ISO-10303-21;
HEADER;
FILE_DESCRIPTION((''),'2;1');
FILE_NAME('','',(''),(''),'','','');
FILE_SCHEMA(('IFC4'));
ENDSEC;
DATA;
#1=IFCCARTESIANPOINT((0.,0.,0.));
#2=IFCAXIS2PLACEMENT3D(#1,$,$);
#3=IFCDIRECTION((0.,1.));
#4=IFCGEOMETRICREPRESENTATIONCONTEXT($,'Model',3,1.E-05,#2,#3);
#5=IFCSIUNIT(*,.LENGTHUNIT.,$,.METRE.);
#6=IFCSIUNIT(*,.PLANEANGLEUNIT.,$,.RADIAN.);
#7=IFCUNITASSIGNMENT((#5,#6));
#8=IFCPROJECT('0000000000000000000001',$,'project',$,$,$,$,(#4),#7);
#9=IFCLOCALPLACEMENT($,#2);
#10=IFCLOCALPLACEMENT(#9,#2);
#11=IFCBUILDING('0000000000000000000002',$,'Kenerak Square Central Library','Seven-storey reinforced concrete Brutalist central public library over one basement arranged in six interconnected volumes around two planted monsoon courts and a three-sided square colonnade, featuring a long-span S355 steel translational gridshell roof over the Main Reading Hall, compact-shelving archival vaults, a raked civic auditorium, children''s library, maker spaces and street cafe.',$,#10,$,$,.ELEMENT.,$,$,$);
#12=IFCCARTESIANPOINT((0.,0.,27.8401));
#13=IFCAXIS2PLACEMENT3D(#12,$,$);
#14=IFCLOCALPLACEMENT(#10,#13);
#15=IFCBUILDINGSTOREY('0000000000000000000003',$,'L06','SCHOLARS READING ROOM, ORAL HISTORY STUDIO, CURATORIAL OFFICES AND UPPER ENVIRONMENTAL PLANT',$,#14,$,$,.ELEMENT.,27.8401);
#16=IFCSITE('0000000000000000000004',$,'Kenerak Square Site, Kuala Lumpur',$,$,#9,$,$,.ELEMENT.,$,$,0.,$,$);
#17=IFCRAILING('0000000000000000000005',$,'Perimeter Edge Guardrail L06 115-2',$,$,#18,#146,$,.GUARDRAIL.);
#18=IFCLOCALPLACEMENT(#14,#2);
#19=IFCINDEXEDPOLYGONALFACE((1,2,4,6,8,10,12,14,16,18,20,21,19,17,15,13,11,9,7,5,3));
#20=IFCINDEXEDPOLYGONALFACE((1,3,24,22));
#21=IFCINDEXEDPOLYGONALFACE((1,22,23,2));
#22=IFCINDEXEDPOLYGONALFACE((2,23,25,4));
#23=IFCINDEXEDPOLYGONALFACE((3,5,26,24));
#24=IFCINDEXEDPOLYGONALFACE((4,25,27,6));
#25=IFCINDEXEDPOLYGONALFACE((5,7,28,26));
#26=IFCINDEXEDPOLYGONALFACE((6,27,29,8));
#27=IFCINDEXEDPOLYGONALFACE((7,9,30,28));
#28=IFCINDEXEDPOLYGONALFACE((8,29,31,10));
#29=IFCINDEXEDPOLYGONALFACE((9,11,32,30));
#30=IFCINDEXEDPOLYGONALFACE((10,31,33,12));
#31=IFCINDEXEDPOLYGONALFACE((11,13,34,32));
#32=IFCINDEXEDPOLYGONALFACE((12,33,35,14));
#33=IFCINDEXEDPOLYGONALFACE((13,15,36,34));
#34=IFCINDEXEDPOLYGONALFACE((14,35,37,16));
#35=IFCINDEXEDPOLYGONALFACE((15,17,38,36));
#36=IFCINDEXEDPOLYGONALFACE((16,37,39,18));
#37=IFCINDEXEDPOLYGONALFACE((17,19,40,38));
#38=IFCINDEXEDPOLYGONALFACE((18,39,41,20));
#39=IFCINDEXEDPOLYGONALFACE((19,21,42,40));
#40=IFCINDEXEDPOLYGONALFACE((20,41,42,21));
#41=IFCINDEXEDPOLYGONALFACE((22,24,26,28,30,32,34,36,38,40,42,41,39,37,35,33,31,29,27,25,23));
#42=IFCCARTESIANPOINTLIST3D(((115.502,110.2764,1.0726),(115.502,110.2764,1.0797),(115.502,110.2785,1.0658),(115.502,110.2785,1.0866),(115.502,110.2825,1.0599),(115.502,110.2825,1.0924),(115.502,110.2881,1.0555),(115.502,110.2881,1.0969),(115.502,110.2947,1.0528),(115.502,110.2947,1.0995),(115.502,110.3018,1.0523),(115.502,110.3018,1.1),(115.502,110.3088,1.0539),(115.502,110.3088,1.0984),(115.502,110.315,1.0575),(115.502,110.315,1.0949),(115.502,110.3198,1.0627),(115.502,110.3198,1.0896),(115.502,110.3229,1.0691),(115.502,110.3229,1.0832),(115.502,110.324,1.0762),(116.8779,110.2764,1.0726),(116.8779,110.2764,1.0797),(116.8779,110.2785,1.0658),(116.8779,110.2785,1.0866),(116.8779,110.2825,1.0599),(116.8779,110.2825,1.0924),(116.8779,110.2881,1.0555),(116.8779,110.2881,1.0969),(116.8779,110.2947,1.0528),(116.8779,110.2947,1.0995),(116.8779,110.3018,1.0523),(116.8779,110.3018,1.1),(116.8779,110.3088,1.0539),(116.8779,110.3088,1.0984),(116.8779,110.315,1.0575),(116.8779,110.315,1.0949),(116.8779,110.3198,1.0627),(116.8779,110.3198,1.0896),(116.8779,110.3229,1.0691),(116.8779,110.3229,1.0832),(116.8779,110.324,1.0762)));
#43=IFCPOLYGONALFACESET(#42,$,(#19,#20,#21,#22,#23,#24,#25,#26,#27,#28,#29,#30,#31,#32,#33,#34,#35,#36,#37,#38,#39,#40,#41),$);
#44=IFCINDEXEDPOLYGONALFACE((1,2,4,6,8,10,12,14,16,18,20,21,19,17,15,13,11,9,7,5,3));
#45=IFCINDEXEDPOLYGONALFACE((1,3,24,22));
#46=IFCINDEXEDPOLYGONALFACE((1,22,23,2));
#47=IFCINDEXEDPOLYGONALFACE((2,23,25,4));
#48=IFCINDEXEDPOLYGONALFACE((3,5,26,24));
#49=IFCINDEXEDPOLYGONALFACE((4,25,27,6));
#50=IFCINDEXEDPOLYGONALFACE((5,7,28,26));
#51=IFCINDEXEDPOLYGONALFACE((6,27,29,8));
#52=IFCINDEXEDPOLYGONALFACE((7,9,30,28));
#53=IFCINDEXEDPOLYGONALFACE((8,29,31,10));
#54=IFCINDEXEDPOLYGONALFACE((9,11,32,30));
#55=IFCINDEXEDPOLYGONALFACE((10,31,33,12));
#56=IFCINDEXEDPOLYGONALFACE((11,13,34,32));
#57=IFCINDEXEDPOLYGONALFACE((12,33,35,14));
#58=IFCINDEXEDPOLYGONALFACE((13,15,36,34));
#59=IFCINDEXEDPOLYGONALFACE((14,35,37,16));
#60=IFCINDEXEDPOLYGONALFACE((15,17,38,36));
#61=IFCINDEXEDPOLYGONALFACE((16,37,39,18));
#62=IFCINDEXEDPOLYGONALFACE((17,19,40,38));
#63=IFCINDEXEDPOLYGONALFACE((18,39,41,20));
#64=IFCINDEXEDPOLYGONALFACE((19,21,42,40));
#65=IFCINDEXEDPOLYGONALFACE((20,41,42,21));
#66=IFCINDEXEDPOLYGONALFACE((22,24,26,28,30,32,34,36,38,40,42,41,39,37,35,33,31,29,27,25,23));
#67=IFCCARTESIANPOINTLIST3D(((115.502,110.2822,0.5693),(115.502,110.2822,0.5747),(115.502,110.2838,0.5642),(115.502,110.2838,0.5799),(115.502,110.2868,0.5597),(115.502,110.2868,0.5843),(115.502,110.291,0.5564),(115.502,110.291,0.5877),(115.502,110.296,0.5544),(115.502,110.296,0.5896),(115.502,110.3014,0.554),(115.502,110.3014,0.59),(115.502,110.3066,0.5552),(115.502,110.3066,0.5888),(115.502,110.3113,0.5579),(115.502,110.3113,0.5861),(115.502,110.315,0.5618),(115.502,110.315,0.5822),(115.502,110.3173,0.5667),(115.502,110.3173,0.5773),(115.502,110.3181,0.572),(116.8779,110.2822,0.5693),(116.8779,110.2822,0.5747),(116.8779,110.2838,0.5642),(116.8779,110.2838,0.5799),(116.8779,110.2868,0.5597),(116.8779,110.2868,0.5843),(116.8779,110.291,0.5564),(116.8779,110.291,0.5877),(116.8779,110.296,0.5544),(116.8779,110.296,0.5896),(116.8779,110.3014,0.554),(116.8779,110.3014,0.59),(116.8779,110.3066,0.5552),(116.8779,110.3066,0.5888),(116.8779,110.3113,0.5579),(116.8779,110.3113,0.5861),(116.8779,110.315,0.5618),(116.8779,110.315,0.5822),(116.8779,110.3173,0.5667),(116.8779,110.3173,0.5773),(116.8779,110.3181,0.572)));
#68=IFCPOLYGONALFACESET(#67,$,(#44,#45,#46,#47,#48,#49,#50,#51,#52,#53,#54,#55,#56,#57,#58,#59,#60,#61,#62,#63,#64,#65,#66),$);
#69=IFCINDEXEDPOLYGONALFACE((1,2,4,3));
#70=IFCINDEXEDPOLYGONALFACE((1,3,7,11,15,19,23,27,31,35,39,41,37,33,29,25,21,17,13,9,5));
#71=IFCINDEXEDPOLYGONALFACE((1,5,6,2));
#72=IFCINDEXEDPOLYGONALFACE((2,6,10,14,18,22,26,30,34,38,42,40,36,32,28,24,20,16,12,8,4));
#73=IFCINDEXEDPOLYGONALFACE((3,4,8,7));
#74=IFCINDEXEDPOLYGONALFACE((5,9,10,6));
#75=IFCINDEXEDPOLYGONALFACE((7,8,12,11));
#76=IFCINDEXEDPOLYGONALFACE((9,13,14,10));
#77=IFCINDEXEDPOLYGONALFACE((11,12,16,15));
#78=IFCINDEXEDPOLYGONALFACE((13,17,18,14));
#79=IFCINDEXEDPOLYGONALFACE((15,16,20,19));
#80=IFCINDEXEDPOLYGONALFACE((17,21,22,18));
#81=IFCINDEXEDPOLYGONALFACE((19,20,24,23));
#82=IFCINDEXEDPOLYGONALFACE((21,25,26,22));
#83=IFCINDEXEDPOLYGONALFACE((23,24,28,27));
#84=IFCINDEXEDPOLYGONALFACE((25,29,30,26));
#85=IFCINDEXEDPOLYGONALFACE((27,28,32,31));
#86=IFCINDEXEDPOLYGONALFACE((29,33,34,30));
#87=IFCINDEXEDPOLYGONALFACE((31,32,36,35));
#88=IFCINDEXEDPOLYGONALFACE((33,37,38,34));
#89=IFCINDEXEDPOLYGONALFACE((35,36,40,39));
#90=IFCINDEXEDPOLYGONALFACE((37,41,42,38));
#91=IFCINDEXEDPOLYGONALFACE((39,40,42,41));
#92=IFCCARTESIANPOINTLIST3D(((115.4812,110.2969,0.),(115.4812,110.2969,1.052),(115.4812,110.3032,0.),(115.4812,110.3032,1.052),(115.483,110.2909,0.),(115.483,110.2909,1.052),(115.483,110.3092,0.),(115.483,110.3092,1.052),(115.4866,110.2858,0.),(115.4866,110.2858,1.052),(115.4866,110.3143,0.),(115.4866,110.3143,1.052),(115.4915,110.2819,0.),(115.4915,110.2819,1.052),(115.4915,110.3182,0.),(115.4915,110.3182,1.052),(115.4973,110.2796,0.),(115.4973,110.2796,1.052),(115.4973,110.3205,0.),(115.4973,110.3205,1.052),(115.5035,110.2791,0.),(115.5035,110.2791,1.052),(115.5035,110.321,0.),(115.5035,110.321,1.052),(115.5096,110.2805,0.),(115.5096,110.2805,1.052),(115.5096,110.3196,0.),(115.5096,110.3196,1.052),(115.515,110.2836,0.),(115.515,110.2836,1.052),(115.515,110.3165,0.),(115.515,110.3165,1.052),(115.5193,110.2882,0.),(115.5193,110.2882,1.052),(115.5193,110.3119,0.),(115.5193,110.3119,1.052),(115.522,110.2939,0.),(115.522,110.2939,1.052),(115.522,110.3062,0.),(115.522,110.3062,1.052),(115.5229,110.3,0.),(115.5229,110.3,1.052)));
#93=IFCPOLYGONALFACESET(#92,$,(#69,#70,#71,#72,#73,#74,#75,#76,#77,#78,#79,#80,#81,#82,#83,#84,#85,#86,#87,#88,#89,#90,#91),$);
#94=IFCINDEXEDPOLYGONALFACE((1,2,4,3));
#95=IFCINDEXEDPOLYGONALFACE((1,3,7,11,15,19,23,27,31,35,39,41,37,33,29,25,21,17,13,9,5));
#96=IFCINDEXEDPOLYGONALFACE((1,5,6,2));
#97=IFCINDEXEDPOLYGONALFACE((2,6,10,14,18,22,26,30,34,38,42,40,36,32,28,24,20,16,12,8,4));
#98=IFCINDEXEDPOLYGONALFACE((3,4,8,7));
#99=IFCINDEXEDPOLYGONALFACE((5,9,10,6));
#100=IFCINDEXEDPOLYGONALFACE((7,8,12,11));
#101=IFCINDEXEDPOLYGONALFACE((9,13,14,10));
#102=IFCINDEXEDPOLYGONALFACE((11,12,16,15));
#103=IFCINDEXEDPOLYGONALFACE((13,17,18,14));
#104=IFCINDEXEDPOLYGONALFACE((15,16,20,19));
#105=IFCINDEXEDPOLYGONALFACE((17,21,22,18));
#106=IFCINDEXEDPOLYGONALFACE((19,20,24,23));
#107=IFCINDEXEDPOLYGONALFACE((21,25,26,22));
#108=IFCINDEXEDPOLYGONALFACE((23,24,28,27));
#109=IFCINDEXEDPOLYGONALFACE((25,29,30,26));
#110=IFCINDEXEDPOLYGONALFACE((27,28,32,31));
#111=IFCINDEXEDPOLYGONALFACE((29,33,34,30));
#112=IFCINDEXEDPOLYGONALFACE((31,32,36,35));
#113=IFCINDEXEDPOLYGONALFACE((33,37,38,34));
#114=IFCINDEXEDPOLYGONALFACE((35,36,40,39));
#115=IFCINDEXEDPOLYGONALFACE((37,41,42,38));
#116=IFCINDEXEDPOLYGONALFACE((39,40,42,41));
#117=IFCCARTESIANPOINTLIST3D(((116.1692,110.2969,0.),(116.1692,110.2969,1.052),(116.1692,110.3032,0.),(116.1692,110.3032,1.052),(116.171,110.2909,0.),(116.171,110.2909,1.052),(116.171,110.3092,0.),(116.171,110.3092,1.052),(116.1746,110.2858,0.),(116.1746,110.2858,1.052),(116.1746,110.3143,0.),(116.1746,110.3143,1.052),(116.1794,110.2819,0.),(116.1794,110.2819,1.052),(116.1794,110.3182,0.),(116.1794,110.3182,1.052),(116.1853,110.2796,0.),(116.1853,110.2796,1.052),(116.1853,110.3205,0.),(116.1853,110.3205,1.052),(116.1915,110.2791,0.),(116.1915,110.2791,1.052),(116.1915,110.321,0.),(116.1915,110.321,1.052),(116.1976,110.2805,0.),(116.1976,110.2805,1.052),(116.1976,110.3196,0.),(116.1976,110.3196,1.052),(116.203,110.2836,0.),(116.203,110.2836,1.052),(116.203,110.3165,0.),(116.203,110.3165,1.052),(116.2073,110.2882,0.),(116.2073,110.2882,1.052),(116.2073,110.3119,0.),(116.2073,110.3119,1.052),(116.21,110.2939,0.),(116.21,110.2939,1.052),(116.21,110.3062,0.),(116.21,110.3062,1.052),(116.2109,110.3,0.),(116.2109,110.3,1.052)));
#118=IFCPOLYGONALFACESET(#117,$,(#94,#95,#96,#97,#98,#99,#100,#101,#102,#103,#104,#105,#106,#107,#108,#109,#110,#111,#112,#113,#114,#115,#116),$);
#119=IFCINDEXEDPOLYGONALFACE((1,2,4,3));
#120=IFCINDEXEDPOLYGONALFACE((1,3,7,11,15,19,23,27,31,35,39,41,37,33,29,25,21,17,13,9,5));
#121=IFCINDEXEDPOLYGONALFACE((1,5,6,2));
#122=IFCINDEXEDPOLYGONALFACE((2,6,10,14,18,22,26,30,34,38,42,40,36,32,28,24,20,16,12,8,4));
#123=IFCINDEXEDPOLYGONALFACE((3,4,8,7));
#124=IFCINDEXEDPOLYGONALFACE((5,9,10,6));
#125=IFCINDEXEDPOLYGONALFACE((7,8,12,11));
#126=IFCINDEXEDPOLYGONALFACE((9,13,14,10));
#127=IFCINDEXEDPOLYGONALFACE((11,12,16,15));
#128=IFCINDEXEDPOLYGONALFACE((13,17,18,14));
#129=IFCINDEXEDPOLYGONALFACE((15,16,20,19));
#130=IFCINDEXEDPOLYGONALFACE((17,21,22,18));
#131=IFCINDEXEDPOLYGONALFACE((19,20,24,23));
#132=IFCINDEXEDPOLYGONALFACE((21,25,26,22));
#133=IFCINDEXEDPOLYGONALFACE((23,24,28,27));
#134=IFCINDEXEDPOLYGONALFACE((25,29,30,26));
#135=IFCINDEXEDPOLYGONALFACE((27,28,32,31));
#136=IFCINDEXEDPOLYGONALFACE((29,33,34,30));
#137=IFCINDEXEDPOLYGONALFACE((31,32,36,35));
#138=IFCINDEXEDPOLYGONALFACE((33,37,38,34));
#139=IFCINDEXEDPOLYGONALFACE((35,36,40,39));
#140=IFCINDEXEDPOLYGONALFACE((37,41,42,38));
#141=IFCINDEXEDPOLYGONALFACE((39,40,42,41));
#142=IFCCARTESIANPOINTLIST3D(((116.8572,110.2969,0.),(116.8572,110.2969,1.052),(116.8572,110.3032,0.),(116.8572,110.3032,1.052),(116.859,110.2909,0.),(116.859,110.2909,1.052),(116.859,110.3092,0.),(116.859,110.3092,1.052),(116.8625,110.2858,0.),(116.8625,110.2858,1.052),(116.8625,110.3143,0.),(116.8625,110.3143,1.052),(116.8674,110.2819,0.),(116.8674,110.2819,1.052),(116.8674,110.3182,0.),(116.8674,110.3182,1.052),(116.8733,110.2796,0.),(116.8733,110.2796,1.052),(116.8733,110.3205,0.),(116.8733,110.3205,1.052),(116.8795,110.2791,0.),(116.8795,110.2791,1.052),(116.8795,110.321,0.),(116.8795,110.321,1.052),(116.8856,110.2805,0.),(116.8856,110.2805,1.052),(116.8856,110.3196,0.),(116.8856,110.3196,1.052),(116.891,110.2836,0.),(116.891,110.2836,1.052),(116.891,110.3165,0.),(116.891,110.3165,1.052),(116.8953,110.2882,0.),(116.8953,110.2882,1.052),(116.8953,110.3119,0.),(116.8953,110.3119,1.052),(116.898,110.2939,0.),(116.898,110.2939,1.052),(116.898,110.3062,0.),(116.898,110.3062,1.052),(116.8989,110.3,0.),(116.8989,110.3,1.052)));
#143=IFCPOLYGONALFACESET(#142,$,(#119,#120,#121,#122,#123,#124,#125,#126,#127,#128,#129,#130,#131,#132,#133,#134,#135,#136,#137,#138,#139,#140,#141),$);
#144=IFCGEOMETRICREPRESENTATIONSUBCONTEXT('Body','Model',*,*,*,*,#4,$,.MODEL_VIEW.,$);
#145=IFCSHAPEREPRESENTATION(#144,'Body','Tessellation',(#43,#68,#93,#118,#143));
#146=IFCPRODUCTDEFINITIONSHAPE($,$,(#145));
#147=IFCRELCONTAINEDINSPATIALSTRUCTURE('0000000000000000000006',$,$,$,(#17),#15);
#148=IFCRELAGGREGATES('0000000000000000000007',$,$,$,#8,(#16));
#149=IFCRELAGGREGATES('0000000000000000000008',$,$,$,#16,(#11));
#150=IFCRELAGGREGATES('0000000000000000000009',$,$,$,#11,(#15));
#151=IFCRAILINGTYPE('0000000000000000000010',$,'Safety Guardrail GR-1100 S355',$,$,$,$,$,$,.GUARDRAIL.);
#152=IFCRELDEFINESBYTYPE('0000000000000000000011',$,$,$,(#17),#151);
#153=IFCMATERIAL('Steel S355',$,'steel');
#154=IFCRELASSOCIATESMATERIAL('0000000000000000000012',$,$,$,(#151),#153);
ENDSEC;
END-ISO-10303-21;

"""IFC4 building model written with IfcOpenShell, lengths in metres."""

from ifc_helpers import new_model, si_unit, direction, frame, origin, origin_2d, place, context, subcontext, project, spatial, circle, extrude, material, type_object, element, save


model = new_model("IFC4")

# Units and contexts
model_context = context("Model", 3, precision=1e-05, world=origin(), true_north=direction((0.0, 1.0)))
body_context = subcontext(model_context, "Body", "Model", "MODEL_VIEW")
ifc_project = project(units=[si_unit("LENGTHUNIT", "METRE"), si_unit("PLANEANGLEUNIT", "RADIAN")], contexts=[model_context])

# Site, building, storey
site_placement = place(None, origin())
site = spatial("IfcSite", under=ifc_project, at=site_placement, Name="Kenerak Square Site, Kuala Lumpur", CompositionType="ELEMENT", RefElevation=0.0)
building_placement = place(site_placement, origin())
building = spatial("IfcBuilding", under=site, at=building_placement, Name="Kenerak Square Central Library", Description="Seven-storey reinforced concrete Brutalist central public library over one basement arranged in six interconnected volumes around two planted monsoon courts and a three-sided square colonnade, featuring a long-span S355 steel translational gridshell roof over the Main Reading Hall, compact-shelving archival vaults, a raked civic auditorium, children's library, maker spaces and street cafe.", CompositionType="ELEMENT")
storey_placement = place(building_placement, frame((0.0, 0.0, 27.8401)))
storey = spatial("IfcBuildingStorey", under=building, at=storey_placement, Name="L06", Description="SCHOLARS READING ROOM, ORAL HISTORY STUDIO, CURATORIAL OFFICES AND UPPER ENVIRONMENTAL PLANT", CompositionType="ELEMENT", Elevation=27.8401)

# Railing
ifc_material_1 = material(Name="Steel S355", Category="steel")
railing_type = type_object("IfcRailingType", Name="Safety Guardrail GR-1100 S355", PredefinedType="GUARDRAIL", material=ifc_material_1)
for number, where, name in (
    (1, (115.502, 110.3, 0.0), "Perimeter Edge Guardrail L06 115-2"),
):
    element("IfcRailing", number, at=place(storey_placement, frame(where)), inside=storey, type_object=railing_type, Name=name, PredefinedType="GUARDRAIL", context=body_context, shape_type="SweptSolid", body=[
        extrude(circle(Radius=0.0239, at=origin_2d()), frame((0.0, 0.0, 1.0762), z_axis=(1.0, 0.0, 0.0), x_axis=(0.0, 1.0, 0.0)), (0.0, 0.0, 1.0), 1.376),
        extrude(circle(Radius=0.0181, at=origin_2d()), frame((0.0, 0.0, 0.572), z_axis=(1.0, 0.0, 0.0), x_axis=(0.0, 1.0, 0.0)), (0.0, 0.0, 1.0), 1.376),
        extrude(circle(Radius=0.021, at=origin_2d()), origin(), (0.0, 0.0, 1.0), 1.052),
        extrude(circle(Radius=0.021, at=origin_2d()), frame((0.688, 0.0, 0.0)), (0.0, 0.0, 1.0), 1.052),
        extrude(circle(Radius=0.021, at=origin_2d()), frame((1.376, 0.0, 0.0)), (0.0, 0.0, 1.0), 1.052),
    ])

save(model, "model.ifc")
